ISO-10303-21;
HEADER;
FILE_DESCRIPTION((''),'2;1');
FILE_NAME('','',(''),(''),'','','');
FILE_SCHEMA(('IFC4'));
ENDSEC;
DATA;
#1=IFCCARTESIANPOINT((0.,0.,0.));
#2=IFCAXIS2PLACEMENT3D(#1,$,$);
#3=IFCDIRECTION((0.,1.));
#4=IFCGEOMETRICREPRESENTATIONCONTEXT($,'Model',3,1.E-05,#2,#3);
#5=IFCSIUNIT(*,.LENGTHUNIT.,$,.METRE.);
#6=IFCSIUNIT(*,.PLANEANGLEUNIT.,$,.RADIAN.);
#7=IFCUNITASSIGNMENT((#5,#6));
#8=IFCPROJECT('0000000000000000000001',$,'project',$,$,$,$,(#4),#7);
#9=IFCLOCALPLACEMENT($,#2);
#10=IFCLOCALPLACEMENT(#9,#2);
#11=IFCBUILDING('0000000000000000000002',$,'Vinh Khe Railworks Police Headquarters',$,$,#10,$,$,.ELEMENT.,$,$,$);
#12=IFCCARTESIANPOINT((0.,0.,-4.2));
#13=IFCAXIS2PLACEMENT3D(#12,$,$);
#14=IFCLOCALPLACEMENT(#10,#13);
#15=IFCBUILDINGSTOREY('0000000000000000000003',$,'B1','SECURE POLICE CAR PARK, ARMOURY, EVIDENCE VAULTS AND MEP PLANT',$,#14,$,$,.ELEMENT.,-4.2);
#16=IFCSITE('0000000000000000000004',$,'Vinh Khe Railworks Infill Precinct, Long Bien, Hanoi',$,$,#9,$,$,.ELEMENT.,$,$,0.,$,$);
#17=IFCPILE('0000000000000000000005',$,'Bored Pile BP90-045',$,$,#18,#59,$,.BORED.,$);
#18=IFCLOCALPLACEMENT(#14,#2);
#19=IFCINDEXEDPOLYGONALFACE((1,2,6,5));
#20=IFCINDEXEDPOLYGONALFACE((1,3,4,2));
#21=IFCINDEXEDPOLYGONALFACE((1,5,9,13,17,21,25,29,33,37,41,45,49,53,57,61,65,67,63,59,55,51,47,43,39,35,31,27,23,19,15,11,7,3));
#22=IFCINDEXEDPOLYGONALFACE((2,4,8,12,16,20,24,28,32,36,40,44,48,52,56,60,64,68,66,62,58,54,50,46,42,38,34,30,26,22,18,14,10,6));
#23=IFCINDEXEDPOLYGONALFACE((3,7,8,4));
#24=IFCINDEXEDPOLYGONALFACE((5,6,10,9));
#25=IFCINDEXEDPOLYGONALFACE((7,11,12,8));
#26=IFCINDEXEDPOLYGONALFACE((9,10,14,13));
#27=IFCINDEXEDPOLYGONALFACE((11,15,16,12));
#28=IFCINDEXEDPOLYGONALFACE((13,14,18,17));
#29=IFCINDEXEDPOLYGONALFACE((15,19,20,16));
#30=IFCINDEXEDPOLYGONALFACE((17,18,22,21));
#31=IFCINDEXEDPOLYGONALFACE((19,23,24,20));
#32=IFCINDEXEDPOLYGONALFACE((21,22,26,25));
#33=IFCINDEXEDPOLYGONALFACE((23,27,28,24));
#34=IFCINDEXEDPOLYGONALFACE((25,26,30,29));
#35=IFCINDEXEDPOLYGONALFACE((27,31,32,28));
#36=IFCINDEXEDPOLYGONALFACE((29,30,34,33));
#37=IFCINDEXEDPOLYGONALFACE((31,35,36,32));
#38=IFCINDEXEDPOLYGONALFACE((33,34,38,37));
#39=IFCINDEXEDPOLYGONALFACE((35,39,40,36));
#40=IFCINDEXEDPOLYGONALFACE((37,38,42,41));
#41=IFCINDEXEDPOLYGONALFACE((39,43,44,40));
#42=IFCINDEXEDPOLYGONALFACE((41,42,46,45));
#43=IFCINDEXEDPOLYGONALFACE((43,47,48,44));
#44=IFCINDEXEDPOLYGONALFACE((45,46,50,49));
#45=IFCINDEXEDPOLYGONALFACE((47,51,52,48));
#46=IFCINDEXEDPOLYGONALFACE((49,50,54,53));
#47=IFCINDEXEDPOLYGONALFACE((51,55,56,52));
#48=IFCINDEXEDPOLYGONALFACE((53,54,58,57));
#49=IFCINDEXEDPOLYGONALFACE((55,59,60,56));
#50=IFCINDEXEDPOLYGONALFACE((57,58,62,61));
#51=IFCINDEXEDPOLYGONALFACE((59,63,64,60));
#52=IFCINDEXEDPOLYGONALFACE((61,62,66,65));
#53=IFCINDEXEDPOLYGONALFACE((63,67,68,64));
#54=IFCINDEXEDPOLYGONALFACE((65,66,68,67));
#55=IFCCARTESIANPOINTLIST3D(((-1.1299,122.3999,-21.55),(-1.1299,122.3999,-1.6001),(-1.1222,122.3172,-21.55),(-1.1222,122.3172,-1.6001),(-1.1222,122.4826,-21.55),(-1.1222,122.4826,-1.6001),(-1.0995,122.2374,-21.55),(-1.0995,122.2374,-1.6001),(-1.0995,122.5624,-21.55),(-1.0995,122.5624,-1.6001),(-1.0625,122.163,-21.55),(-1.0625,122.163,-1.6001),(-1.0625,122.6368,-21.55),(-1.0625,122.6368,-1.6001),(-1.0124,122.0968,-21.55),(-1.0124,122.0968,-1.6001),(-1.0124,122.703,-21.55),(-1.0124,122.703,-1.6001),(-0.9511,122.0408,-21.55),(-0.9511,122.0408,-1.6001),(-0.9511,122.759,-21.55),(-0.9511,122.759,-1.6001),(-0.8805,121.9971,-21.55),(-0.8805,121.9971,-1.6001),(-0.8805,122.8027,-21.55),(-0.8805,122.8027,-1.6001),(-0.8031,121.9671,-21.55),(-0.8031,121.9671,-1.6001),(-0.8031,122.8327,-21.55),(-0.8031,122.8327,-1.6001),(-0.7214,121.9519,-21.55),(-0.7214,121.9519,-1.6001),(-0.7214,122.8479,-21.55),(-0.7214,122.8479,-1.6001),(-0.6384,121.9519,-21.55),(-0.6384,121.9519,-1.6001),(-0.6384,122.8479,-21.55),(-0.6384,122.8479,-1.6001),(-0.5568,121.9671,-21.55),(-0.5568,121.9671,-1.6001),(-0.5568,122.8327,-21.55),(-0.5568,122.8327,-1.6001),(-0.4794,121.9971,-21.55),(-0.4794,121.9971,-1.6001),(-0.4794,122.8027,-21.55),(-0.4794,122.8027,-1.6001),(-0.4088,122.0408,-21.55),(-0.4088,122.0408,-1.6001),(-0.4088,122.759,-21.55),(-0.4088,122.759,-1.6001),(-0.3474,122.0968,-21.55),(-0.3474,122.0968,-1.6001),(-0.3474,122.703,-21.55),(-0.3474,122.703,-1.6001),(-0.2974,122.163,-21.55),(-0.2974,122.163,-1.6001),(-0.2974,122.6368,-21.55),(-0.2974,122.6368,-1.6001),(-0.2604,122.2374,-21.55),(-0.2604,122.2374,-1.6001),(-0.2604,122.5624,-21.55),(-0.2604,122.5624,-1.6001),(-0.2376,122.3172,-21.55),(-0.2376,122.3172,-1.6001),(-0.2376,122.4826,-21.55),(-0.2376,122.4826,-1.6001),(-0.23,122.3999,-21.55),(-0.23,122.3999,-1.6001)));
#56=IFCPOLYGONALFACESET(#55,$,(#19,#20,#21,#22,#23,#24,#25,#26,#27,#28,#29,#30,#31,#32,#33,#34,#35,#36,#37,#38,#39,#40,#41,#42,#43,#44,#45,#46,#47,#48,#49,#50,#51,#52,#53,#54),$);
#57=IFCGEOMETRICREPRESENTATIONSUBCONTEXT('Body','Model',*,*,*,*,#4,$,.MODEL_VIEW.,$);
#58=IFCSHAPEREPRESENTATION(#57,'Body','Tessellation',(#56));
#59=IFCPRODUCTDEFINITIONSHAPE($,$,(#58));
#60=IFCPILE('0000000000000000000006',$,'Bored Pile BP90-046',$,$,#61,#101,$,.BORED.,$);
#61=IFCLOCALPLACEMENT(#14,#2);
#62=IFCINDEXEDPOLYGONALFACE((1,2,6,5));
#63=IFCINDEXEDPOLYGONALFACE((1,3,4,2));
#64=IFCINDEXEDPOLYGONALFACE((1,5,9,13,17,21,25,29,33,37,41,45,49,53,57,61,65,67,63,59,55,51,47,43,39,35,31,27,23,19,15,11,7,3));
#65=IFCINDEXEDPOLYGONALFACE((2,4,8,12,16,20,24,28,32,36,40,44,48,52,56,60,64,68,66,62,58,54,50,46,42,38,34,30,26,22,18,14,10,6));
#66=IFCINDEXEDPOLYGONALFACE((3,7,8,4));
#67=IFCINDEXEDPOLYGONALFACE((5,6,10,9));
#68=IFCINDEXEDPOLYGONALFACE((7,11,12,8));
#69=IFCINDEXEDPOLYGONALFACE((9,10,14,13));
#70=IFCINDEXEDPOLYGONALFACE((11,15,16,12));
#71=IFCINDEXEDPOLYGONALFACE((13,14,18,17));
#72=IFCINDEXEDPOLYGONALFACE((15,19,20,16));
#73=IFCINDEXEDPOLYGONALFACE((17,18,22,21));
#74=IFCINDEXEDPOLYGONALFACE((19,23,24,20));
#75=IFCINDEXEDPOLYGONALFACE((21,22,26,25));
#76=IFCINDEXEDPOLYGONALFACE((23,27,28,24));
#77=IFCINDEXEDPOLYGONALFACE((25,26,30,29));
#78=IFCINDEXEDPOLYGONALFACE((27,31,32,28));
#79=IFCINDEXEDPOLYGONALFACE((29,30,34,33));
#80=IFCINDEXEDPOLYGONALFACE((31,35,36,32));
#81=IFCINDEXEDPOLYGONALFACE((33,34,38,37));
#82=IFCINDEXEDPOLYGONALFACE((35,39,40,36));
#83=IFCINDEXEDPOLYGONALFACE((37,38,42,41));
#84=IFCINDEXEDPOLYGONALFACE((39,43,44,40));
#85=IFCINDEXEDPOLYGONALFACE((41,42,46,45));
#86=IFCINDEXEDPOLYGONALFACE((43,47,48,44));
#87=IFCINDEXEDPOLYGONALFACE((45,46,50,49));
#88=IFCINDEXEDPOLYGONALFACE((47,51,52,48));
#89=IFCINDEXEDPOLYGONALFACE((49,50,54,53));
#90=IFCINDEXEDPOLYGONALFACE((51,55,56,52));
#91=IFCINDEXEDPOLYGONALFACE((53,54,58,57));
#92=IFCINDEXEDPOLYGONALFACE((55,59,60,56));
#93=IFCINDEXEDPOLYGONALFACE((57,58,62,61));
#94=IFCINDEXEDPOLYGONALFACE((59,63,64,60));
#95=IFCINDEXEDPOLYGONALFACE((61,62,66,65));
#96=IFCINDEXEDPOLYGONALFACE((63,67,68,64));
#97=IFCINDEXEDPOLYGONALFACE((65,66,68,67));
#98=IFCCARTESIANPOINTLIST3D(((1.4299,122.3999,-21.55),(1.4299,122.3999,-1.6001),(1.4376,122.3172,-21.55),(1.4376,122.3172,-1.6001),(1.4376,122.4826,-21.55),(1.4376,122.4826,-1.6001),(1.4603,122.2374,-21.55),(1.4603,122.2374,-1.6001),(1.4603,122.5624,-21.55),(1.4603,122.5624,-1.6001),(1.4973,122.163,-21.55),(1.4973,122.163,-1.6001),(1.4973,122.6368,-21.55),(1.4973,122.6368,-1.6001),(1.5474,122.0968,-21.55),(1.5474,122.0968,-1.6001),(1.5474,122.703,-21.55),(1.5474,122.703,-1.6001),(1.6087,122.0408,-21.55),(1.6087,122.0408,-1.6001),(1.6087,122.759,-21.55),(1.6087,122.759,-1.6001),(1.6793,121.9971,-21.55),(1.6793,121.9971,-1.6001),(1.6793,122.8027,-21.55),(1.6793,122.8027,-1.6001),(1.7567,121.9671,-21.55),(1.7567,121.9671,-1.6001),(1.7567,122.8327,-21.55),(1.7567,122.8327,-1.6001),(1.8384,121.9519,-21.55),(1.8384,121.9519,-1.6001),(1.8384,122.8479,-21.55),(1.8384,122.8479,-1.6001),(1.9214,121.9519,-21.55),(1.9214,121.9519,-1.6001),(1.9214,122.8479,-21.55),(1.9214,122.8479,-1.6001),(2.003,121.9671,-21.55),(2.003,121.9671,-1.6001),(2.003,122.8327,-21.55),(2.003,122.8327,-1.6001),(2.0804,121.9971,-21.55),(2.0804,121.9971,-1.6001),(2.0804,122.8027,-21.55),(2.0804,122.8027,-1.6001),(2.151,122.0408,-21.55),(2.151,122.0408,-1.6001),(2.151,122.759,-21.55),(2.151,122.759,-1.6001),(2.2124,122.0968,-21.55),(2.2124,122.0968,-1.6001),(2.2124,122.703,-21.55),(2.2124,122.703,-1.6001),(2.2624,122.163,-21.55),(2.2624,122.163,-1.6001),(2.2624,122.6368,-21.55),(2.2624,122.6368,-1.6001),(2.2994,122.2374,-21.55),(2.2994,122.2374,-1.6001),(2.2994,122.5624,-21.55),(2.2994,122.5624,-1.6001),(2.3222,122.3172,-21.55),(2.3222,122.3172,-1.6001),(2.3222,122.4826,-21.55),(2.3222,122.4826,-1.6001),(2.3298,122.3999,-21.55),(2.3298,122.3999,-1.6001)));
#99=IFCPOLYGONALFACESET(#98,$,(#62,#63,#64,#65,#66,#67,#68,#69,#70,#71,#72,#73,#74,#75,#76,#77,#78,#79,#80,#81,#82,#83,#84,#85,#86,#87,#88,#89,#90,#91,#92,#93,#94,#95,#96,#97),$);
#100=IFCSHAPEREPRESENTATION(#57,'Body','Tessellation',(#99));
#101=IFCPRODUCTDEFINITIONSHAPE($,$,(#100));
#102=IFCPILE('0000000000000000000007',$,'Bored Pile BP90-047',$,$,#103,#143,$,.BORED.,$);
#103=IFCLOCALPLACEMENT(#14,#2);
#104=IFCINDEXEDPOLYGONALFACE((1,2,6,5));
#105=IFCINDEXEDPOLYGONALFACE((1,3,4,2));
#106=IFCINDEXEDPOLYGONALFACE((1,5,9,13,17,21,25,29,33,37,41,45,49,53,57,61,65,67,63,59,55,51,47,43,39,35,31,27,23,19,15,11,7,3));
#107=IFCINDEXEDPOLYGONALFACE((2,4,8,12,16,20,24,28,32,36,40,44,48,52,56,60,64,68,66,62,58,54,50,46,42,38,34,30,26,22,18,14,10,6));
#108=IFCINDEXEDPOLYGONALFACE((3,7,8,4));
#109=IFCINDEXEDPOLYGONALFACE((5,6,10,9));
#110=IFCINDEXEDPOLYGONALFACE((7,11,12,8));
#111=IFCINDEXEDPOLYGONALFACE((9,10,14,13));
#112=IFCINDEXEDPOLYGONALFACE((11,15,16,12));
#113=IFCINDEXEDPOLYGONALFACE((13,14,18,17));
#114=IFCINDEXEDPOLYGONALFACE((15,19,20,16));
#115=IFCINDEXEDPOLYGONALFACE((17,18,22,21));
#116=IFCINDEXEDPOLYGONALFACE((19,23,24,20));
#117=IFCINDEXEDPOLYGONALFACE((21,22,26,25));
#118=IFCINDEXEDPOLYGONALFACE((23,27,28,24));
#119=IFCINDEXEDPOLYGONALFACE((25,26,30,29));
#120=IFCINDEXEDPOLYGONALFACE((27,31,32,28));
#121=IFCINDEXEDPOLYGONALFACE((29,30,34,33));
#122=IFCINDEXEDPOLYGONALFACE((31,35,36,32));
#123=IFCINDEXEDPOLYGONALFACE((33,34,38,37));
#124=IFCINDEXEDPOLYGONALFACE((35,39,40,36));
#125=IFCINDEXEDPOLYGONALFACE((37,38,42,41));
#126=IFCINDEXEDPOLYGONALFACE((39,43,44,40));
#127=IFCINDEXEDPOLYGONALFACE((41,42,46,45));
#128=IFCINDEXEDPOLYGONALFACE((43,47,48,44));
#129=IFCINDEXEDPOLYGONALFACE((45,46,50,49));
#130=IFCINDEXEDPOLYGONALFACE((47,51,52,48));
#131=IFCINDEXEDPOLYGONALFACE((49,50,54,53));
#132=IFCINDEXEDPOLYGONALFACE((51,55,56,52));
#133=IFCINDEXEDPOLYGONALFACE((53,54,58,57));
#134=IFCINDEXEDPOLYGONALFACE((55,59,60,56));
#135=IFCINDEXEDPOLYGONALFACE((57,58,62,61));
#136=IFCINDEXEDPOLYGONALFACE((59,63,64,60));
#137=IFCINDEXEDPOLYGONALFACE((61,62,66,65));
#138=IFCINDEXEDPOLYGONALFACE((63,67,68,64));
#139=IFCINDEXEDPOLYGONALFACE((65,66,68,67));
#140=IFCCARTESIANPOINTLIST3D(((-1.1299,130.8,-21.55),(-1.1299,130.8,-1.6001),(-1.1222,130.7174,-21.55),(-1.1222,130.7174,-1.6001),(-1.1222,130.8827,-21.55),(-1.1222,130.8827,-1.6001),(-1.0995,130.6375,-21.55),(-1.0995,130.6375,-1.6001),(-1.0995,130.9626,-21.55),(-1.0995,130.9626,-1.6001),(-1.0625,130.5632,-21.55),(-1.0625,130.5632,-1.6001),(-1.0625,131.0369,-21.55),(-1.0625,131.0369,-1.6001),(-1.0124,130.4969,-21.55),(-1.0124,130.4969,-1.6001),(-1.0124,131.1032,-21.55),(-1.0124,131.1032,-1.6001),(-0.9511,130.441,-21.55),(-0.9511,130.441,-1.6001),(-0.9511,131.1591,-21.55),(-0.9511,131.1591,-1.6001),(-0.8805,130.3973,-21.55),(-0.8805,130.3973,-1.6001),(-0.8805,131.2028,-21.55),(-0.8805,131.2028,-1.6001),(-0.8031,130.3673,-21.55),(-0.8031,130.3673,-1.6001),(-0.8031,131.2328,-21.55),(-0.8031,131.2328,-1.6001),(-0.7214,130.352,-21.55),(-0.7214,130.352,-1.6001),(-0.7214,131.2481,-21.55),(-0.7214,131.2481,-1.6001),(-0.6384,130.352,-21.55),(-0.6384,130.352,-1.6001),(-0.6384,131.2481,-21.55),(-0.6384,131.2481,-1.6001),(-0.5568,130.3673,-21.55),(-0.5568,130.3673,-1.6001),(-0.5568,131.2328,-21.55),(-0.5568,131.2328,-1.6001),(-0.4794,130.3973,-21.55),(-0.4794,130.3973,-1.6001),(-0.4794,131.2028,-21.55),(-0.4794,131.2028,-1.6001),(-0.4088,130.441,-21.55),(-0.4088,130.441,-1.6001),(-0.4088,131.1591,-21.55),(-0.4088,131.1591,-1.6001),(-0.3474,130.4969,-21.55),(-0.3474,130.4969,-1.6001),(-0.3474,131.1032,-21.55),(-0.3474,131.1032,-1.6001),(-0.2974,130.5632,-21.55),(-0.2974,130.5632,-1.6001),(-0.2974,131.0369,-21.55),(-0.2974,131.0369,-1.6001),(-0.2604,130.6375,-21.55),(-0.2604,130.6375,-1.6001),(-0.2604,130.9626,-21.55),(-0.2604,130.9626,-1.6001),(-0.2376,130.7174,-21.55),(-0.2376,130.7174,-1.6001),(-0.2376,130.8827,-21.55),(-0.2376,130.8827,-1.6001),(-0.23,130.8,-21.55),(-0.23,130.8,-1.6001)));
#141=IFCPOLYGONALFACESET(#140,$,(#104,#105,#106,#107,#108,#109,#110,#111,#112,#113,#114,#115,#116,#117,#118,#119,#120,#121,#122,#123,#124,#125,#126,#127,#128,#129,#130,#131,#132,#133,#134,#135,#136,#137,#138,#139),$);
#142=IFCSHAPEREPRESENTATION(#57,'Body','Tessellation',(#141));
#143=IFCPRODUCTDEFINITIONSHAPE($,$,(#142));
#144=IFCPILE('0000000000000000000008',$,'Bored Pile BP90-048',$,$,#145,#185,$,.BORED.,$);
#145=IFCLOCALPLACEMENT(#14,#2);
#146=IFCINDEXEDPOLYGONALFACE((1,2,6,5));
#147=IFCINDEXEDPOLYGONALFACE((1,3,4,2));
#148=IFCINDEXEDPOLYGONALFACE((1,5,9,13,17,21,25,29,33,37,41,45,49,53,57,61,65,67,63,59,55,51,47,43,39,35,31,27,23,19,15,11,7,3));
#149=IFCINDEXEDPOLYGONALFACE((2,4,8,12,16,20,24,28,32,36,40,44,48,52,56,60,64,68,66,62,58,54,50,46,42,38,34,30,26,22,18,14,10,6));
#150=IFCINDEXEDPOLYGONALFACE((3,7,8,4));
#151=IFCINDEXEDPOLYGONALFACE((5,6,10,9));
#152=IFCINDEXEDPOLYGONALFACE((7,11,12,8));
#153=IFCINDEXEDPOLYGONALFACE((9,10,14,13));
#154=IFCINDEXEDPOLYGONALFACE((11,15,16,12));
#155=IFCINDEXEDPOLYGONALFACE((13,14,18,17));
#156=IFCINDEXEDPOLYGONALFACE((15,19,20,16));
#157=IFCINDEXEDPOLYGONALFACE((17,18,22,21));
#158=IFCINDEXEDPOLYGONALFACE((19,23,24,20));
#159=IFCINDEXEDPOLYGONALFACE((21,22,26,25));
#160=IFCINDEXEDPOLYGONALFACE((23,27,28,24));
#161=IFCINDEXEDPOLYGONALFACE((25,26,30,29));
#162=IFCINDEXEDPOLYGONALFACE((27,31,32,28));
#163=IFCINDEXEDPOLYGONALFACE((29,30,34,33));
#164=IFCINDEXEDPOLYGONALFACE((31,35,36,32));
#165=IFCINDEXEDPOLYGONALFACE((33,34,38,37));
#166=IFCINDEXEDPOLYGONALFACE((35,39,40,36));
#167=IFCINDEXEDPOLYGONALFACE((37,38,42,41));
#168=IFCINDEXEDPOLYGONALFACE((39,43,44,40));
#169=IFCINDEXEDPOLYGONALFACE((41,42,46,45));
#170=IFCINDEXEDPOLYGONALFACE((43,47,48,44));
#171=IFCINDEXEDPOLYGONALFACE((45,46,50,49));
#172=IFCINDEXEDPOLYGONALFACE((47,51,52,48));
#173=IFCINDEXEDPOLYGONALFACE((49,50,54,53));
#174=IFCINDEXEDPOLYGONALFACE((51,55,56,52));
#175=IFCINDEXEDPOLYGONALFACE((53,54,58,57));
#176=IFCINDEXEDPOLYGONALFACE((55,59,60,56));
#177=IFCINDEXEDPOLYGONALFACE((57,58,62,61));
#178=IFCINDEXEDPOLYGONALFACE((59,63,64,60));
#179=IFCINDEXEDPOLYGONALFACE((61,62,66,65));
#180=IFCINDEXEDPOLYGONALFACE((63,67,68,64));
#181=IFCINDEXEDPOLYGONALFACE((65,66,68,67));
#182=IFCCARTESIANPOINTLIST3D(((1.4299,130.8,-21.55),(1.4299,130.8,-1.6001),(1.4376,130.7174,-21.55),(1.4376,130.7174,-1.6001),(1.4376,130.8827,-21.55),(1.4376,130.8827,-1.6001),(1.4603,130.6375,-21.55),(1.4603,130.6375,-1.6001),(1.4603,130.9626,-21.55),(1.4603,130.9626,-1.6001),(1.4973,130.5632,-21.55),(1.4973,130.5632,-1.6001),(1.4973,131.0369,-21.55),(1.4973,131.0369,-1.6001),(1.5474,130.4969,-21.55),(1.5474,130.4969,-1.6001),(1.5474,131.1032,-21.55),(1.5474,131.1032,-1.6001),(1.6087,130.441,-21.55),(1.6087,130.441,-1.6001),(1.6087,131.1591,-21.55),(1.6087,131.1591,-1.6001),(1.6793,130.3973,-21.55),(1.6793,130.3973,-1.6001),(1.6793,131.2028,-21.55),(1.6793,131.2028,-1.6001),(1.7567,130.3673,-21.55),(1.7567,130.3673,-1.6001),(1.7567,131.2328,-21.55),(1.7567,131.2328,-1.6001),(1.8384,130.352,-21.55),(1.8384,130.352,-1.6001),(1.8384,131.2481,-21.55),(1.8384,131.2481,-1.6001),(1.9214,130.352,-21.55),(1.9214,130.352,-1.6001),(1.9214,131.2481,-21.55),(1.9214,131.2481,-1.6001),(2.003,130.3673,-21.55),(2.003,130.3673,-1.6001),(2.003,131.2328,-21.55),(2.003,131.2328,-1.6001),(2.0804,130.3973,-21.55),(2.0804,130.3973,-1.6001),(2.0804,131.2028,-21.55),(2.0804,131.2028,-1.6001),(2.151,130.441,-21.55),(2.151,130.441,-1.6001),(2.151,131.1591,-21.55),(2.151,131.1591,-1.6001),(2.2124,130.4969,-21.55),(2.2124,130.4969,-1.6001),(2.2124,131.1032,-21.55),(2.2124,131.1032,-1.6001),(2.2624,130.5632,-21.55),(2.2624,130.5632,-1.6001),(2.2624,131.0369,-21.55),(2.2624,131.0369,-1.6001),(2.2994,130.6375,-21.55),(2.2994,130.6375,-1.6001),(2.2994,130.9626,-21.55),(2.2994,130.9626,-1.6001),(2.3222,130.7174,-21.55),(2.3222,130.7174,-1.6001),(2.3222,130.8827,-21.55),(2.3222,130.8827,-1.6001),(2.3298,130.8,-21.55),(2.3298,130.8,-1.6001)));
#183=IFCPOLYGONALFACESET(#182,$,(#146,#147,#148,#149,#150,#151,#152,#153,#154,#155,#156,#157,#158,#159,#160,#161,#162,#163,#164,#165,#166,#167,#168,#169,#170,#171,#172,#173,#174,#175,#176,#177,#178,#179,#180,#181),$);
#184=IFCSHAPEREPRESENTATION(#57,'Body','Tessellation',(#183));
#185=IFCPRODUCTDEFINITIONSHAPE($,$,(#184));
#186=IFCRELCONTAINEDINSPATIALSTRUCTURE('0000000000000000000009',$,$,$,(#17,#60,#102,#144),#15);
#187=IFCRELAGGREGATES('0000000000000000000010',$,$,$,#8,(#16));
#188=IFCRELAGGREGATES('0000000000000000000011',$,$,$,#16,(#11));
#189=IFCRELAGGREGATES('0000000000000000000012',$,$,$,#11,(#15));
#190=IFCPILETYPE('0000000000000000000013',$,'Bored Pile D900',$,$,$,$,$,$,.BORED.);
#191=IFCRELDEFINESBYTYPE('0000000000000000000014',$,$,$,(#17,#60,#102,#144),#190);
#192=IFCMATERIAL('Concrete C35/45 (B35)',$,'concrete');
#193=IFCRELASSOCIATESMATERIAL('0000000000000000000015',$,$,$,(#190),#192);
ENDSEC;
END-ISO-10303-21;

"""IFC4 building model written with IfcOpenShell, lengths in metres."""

from ifc_helpers import new_model, si_unit, direction, frame, origin, origin_2d, place, context, subcontext, project, spatial, circle, extrude, material, material_profile, profile_set, type_object, element, save


model = new_model("IFC4")

# Units and contexts
model_context = context("Model", 3, precision=1e-05, world=origin(), true_north=direction((0.0, 1.0)))
body_context = subcontext(model_context, "Body", "Model", "MODEL_VIEW")
ifc_project = project(units=[si_unit("LENGTHUNIT", "METRE"), si_unit("PLANEANGLEUNIT", "RADIAN")], contexts=[model_context])

# Site, building, storey
site_placement = place(None, origin())
site = spatial("IfcSite", under=ifc_project, at=site_placement, Name="Vinh Khe Railworks Infill Precinct, Long Bien, Hanoi", CompositionType="ELEMENT", RefElevation=0.0)
building_placement = place(site_placement, origin())
building = spatial("IfcBuilding", under=site, at=building_placement, Name="Vinh Khe Railworks Police Headquarters", CompositionType="ELEMENT")
storey_placement = place(building_placement, frame((0.0, 0.0, -4.2)))
storey = spatial("IfcBuildingStorey", under=building, at=storey_placement, Name="B1", Description="SECURE POLICE CAR PARK, ARMOURY, EVIDENCE VAULTS AND MEP PLANT", CompositionType="ELEMENT", Elevation=-4.2)

# Piles
ifc_material_1 = material(Name="Concrete C35/45 (B35)", Category="concrete")
ifc_material_profile_1 = material_profile(ifc_material_1, circle(Radius=0.45, at=origin_2d()), Name="BORED PILE D900")
ifc_profile_set_1 = profile_set([ifc_material_profile_1], Name="Concrete C35/45 (B35)")
pile_type = type_object("IfcPileType", Name="Bored Pile D900", PredefinedType="BORED", material=ifc_profile_set_1)
for number, where, z_axis, x_axis, name in (
    (1, (-0.6799, 122.3999, -1.6001), (0.0, 0.0, -1.0), (1.0, 0.0, 0.0), "Bored Pile BP90-045"),
    (2, (1.8799, 122.3999, -1.6001), (0.0, 0.0, -1.0), (1.0, 0.0, 0.0), "Bored Pile BP90-046"),
    (3, (-0.6799, 130.8, -1.6001), (0.0, 0.0, -1.0), (1.0, 0.0, 0.0), "Bored Pile BP90-047"),
    (4, (1.8799, 130.8, -1.6001), (0.0, 0.0, -1.0), (1.0, 0.0, 0.0), "Bored Pile BP90-048"),
):
    element("IfcPile", number, at=place(storey_placement, frame(where, z_axis=z_axis, x_axis=x_axis)), inside=storey, type_object=pile_type, Name=name, PredefinedType="BORED", context=body_context, shape_type="SweptSolid", body=[
        extrude(circle(Radius=0.45, at=origin_2d()), origin(), (0.0, 0.0, 1.0), 19.95),
    ])

save(model, "model.ifc")
